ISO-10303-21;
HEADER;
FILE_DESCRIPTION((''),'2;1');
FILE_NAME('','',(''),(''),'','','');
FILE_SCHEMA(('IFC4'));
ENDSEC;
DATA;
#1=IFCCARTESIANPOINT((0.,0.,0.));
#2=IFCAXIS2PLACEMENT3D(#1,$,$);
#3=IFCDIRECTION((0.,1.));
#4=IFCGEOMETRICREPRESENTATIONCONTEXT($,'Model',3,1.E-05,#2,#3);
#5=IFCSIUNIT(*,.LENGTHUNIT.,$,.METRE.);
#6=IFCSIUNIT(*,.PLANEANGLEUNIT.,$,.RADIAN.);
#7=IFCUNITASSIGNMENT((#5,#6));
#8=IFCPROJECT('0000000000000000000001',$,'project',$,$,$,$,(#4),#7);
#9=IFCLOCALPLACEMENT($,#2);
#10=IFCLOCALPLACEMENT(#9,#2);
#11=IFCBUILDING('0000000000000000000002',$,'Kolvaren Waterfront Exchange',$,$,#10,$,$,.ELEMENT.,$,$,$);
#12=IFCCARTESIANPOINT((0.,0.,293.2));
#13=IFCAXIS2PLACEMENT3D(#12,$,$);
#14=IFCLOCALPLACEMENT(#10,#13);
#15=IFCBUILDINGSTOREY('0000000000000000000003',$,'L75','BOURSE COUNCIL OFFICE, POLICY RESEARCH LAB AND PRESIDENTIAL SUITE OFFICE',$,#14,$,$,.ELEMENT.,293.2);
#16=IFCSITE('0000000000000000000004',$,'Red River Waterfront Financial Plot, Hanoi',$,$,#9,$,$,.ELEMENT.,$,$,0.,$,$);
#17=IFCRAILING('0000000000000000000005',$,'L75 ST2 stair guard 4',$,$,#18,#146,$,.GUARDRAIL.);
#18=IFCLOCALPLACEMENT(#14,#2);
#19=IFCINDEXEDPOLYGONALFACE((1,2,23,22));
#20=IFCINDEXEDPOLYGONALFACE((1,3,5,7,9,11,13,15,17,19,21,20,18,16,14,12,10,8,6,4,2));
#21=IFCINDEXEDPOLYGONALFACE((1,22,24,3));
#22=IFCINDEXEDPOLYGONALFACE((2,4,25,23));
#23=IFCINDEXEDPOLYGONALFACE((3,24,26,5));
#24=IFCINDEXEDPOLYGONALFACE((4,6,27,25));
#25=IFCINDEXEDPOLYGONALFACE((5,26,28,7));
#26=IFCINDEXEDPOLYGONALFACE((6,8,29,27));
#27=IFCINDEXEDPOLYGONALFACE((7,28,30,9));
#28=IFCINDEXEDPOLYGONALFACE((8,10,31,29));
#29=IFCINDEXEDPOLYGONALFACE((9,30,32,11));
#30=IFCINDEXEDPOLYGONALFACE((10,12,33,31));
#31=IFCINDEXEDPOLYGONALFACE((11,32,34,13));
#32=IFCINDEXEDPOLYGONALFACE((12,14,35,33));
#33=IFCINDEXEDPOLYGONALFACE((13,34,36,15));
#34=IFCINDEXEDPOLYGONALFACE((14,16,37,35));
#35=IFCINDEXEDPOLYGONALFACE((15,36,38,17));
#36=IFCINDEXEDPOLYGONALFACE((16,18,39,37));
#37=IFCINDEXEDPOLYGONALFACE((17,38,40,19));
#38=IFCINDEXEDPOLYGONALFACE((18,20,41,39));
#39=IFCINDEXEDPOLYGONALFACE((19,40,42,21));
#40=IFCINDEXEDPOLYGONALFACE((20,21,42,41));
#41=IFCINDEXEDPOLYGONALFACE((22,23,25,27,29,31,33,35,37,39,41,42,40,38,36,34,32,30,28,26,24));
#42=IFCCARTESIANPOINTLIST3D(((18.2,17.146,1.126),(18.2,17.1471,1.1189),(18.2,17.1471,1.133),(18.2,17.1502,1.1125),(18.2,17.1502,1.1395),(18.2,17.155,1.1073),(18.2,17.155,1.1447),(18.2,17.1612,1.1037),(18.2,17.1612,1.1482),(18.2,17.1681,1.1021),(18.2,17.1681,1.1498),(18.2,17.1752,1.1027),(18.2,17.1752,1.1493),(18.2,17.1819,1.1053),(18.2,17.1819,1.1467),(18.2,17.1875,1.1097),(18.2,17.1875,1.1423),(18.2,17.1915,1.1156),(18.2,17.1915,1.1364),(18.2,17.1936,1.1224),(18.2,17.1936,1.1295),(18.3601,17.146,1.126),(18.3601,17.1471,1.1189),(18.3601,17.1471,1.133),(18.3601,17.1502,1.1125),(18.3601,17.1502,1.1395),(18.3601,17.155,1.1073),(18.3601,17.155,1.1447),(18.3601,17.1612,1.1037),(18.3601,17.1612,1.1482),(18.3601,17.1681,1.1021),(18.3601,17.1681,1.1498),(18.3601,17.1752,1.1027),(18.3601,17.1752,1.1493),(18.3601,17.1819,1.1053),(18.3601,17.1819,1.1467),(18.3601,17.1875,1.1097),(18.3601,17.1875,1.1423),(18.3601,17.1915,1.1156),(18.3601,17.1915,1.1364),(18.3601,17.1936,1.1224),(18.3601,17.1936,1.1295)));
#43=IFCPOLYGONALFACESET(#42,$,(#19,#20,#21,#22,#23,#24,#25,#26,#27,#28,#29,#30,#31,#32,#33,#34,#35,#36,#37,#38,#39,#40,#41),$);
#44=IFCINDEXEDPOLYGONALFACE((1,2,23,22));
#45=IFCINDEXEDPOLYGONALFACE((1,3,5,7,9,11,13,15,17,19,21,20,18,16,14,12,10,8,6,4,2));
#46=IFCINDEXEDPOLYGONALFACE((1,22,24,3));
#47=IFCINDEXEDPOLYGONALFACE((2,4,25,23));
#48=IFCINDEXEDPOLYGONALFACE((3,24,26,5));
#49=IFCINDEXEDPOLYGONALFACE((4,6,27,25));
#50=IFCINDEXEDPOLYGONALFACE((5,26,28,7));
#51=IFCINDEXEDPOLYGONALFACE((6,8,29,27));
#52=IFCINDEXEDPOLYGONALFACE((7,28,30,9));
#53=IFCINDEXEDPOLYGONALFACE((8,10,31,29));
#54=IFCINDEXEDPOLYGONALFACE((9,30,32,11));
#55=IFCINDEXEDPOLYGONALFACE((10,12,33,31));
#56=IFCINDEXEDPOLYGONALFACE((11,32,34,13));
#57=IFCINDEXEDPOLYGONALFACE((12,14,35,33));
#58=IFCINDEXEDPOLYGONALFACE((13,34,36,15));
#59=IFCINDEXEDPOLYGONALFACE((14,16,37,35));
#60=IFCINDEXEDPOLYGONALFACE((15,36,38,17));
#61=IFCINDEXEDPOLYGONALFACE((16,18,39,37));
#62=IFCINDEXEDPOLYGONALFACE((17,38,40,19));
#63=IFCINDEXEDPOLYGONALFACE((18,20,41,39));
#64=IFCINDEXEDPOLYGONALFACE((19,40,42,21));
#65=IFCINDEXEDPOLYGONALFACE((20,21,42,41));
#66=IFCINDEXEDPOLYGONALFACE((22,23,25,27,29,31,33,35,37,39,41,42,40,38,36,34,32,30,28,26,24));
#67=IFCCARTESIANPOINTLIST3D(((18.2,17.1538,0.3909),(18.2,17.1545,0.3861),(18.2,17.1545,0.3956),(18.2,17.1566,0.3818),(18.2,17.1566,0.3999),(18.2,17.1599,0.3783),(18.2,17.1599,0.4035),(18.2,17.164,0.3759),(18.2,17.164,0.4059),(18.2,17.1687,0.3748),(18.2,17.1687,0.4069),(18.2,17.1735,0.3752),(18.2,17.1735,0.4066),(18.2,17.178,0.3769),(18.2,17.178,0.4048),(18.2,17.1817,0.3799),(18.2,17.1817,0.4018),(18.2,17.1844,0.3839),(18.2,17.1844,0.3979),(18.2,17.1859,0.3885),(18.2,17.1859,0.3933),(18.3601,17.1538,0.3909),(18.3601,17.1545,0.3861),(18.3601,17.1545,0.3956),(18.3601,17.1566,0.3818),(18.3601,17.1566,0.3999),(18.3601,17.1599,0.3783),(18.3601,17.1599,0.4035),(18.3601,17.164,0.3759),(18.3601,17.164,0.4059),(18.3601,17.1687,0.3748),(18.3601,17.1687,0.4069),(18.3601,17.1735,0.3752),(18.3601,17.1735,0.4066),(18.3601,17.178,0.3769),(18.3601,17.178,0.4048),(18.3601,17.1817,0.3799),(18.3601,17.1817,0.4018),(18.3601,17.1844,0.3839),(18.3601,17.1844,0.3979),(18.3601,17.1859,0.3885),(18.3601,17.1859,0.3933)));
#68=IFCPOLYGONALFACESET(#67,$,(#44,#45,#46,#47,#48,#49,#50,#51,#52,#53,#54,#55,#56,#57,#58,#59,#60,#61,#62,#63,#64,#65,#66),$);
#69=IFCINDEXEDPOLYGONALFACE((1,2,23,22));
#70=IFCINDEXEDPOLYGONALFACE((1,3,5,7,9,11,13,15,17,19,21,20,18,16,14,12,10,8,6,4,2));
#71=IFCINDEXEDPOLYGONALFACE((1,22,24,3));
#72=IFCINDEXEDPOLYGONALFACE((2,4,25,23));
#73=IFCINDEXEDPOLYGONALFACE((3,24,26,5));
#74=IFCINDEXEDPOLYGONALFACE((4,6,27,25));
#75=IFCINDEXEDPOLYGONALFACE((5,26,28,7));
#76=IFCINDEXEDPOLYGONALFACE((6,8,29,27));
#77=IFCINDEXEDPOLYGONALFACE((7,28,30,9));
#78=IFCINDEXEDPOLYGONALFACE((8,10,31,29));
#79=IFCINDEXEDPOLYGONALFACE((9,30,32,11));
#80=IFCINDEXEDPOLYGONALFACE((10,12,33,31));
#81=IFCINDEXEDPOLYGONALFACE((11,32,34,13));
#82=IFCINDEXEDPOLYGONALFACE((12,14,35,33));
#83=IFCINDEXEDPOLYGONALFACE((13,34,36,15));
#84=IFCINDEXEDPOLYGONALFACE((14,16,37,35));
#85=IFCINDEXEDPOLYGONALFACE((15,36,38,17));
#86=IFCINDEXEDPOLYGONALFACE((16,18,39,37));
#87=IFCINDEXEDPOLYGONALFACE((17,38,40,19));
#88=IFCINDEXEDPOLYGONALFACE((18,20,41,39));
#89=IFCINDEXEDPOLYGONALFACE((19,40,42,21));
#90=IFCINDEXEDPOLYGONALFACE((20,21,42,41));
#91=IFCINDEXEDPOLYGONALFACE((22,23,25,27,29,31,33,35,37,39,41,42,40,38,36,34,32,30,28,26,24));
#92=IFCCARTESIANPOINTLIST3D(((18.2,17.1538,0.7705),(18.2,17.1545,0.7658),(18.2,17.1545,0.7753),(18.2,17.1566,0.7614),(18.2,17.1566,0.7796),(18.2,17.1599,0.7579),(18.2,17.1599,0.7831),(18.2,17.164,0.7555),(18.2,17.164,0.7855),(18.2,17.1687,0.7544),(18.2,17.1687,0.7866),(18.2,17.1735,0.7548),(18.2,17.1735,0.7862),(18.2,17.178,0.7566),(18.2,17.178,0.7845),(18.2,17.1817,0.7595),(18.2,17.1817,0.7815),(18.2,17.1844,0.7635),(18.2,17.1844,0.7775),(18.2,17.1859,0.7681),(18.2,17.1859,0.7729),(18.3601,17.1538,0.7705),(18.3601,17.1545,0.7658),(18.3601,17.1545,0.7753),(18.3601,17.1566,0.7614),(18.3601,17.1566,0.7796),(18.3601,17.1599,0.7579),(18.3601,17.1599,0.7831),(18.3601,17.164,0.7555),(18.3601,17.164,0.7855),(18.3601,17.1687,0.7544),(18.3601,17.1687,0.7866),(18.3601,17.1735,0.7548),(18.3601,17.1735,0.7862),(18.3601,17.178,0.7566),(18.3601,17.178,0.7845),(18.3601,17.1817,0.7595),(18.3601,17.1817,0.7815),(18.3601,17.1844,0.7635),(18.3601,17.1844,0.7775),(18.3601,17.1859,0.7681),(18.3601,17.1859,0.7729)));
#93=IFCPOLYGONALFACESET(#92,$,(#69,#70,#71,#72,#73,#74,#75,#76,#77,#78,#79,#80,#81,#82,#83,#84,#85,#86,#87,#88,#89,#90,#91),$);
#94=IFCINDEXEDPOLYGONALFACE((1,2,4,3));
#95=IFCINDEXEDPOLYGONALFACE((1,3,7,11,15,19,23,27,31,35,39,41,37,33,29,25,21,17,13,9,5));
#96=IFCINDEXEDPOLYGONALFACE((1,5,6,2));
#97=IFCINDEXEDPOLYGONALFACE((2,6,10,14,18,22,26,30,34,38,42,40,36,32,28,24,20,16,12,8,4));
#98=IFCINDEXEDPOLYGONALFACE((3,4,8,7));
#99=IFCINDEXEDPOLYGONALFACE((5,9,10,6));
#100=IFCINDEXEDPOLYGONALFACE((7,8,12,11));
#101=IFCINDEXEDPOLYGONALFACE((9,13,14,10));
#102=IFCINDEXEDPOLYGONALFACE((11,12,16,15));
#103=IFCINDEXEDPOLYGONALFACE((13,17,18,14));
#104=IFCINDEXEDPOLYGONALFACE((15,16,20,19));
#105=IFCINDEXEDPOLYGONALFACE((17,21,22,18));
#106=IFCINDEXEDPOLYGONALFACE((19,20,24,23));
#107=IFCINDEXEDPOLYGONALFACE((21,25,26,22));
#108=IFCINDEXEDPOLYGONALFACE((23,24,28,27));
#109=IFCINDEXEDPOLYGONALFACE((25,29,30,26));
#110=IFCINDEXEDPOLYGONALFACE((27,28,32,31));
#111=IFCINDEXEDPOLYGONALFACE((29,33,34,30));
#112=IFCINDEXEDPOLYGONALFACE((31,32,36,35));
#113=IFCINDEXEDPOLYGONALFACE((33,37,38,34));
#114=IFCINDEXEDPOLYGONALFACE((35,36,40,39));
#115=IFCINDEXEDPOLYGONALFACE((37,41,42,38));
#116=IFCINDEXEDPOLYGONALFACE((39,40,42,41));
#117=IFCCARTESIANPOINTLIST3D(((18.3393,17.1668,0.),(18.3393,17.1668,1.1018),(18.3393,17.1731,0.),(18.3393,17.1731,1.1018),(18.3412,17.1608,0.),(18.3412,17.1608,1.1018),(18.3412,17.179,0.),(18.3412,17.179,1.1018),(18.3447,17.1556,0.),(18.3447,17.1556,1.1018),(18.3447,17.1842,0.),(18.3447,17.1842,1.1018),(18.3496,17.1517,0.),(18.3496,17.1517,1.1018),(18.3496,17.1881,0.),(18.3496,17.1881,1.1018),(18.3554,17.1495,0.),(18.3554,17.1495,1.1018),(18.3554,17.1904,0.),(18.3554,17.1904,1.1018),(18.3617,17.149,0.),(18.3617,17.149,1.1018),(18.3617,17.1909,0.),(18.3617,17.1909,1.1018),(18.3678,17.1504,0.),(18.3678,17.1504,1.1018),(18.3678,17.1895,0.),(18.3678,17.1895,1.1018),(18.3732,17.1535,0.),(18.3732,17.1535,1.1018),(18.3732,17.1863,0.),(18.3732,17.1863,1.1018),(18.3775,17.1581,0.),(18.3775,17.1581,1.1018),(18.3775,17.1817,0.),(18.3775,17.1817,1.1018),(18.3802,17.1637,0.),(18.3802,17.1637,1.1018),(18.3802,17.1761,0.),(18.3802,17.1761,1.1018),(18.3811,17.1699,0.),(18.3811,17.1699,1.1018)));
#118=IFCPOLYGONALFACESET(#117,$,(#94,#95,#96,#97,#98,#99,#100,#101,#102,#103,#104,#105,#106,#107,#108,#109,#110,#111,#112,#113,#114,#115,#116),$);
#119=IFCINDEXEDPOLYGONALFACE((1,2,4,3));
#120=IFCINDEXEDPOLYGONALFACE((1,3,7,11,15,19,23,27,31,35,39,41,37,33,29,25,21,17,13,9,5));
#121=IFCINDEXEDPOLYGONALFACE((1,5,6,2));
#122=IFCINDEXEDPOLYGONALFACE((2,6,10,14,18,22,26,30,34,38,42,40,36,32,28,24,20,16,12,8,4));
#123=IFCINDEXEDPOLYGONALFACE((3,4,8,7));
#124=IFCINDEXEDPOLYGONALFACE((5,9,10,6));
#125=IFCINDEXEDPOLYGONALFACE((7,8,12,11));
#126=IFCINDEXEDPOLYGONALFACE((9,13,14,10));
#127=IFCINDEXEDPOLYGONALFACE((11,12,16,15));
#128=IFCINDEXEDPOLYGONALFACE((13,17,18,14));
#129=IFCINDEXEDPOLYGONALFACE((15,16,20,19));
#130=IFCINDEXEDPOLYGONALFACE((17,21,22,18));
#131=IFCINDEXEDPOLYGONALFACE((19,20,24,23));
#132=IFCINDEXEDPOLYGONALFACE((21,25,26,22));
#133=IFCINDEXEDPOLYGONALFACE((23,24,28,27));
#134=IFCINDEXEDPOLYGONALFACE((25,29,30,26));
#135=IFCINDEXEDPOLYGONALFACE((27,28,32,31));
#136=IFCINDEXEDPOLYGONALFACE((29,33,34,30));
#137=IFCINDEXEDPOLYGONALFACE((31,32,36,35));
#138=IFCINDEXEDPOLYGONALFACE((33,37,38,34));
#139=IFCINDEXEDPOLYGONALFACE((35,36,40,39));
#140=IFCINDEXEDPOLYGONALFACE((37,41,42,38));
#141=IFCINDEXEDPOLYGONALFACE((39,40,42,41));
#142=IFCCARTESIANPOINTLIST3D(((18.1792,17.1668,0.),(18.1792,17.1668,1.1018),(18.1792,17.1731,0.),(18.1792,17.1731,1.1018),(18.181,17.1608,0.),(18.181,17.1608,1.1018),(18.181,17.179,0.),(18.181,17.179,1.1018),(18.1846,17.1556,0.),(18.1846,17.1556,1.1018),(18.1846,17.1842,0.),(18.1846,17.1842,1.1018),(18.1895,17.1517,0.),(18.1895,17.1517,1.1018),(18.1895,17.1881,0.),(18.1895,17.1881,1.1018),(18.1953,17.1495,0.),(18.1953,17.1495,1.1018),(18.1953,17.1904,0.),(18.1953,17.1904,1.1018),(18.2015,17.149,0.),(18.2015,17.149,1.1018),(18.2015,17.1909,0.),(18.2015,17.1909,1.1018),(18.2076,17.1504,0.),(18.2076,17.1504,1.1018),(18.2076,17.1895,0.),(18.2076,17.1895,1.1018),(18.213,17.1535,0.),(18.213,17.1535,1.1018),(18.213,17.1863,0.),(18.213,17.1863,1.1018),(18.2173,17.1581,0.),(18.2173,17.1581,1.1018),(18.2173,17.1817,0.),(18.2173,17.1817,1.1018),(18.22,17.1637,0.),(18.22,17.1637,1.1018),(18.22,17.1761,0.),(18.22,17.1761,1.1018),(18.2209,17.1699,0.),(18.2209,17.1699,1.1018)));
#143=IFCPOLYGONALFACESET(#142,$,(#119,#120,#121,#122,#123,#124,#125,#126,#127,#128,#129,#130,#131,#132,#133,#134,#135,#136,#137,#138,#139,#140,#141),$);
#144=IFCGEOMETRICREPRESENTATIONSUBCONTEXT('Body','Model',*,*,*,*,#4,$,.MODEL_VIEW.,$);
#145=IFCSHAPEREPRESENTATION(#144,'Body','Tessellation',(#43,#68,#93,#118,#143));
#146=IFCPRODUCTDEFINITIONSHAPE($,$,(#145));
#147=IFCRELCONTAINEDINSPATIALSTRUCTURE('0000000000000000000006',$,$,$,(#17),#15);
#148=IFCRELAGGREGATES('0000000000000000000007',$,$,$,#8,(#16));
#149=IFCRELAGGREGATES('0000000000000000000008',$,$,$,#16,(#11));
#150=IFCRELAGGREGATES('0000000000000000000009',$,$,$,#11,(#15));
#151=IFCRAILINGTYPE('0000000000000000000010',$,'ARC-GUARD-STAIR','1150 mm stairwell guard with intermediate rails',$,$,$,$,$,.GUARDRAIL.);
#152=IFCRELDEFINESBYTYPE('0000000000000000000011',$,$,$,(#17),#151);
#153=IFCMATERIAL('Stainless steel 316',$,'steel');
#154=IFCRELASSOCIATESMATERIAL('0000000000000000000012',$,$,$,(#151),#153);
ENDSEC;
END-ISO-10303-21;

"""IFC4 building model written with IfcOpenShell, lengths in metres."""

from ifc_helpers import new_model, si_unit, direction, frame, origin, origin_2d, place, context, subcontext, project, spatial, circle, extrude, material, type_object, element, save


model = new_model("IFC4")

# Units and contexts
model_context = context("Model", 3, precision=1e-05, world=origin(), true_north=direction((0.0, 1.0)))
body_context = subcontext(model_context, "Body", "Model", "MODEL_VIEW")
ifc_project = project(units=[si_unit("LENGTHUNIT", "METRE"), si_unit("PLANEANGLEUNIT", "RADIAN")], contexts=[model_context])

# Site, building, storey
site_placement = place(None, origin())
site = spatial("IfcSite", under=ifc_project, at=site_placement, Name="Red River Waterfront Financial Plot, Hanoi", CompositionType="ELEMENT", RefElevation=0.0)
building_placement = place(site_placement, origin())
building = spatial("IfcBuilding", under=site, at=building_placement, Name="Kolvaren Waterfront Exchange", CompositionType="ELEMENT")
storey_placement = place(building_placement, frame((0.0, 0.0, 293.2)))
storey = spatial("IfcBuildingStorey", under=building, at=storey_placement, Name="L75", Description="BOURSE COUNCIL OFFICE, POLICY RESEARCH LAB AND PRESIDENTIAL SUITE OFFICE", CompositionType="ELEMENT", Elevation=293.2)

# Railing
ifc_material_1 = material(Name="Stainless steel 316", Category="steel")
railing_type_1 = type_object("IfcRailingType", Name="ARC-GUARD-STAIR", Description="1150 mm stairwell guard with intermediate rails", PredefinedType="GUARDRAIL", material=ifc_material_1)
railing_1_placement = place(storey_placement, frame((18.3601, 17.1699, 0.0)))
element("IfcRailing", 1, at=railing_1_placement, inside=storey, type_object=railing_type_1, Name="L75 ST2 stair guard 4", PredefinedType="GUARDRAIL", context=body_context, shape_type="SweptSolid", body=[
    extrude(circle(Radius=0.0239, at=origin_2d()), frame((0.0, 0.0, 1.126), z_axis=(-1.0, 0.0, 0.0), x_axis=(0.0, -1.0, 0.0)), (0.0, 0.0, 1.0), 0.1602),
    extrude(circle(Radius=0.0161, at=origin_2d()), frame((0.0, 0.0, 0.3909), z_axis=(-1.0, 0.0, 0.0), x_axis=(0.0, -1.0, 0.0)), (0.0, 0.0, 1.0), 0.1602),
    extrude(circle(Radius=0.0161, at=origin_2d()), frame((0.0, 0.0, 0.7705), z_axis=(-1.0, 0.0, 0.0), x_axis=(0.0, -1.0, 0.0)), (0.0, 0.0, 1.0), 0.1602),
    extrude(circle(Radius=0.021, at=origin_2d()), origin(), (0.0, 0.0, 1.0), 1.1018),
    extrude(circle(Radius=0.021, at=origin_2d()), frame((-0.1602, 0.0, 0.0)), (0.0, 0.0, 1.0), 1.1018),
])

save(model, "model.ifc")
